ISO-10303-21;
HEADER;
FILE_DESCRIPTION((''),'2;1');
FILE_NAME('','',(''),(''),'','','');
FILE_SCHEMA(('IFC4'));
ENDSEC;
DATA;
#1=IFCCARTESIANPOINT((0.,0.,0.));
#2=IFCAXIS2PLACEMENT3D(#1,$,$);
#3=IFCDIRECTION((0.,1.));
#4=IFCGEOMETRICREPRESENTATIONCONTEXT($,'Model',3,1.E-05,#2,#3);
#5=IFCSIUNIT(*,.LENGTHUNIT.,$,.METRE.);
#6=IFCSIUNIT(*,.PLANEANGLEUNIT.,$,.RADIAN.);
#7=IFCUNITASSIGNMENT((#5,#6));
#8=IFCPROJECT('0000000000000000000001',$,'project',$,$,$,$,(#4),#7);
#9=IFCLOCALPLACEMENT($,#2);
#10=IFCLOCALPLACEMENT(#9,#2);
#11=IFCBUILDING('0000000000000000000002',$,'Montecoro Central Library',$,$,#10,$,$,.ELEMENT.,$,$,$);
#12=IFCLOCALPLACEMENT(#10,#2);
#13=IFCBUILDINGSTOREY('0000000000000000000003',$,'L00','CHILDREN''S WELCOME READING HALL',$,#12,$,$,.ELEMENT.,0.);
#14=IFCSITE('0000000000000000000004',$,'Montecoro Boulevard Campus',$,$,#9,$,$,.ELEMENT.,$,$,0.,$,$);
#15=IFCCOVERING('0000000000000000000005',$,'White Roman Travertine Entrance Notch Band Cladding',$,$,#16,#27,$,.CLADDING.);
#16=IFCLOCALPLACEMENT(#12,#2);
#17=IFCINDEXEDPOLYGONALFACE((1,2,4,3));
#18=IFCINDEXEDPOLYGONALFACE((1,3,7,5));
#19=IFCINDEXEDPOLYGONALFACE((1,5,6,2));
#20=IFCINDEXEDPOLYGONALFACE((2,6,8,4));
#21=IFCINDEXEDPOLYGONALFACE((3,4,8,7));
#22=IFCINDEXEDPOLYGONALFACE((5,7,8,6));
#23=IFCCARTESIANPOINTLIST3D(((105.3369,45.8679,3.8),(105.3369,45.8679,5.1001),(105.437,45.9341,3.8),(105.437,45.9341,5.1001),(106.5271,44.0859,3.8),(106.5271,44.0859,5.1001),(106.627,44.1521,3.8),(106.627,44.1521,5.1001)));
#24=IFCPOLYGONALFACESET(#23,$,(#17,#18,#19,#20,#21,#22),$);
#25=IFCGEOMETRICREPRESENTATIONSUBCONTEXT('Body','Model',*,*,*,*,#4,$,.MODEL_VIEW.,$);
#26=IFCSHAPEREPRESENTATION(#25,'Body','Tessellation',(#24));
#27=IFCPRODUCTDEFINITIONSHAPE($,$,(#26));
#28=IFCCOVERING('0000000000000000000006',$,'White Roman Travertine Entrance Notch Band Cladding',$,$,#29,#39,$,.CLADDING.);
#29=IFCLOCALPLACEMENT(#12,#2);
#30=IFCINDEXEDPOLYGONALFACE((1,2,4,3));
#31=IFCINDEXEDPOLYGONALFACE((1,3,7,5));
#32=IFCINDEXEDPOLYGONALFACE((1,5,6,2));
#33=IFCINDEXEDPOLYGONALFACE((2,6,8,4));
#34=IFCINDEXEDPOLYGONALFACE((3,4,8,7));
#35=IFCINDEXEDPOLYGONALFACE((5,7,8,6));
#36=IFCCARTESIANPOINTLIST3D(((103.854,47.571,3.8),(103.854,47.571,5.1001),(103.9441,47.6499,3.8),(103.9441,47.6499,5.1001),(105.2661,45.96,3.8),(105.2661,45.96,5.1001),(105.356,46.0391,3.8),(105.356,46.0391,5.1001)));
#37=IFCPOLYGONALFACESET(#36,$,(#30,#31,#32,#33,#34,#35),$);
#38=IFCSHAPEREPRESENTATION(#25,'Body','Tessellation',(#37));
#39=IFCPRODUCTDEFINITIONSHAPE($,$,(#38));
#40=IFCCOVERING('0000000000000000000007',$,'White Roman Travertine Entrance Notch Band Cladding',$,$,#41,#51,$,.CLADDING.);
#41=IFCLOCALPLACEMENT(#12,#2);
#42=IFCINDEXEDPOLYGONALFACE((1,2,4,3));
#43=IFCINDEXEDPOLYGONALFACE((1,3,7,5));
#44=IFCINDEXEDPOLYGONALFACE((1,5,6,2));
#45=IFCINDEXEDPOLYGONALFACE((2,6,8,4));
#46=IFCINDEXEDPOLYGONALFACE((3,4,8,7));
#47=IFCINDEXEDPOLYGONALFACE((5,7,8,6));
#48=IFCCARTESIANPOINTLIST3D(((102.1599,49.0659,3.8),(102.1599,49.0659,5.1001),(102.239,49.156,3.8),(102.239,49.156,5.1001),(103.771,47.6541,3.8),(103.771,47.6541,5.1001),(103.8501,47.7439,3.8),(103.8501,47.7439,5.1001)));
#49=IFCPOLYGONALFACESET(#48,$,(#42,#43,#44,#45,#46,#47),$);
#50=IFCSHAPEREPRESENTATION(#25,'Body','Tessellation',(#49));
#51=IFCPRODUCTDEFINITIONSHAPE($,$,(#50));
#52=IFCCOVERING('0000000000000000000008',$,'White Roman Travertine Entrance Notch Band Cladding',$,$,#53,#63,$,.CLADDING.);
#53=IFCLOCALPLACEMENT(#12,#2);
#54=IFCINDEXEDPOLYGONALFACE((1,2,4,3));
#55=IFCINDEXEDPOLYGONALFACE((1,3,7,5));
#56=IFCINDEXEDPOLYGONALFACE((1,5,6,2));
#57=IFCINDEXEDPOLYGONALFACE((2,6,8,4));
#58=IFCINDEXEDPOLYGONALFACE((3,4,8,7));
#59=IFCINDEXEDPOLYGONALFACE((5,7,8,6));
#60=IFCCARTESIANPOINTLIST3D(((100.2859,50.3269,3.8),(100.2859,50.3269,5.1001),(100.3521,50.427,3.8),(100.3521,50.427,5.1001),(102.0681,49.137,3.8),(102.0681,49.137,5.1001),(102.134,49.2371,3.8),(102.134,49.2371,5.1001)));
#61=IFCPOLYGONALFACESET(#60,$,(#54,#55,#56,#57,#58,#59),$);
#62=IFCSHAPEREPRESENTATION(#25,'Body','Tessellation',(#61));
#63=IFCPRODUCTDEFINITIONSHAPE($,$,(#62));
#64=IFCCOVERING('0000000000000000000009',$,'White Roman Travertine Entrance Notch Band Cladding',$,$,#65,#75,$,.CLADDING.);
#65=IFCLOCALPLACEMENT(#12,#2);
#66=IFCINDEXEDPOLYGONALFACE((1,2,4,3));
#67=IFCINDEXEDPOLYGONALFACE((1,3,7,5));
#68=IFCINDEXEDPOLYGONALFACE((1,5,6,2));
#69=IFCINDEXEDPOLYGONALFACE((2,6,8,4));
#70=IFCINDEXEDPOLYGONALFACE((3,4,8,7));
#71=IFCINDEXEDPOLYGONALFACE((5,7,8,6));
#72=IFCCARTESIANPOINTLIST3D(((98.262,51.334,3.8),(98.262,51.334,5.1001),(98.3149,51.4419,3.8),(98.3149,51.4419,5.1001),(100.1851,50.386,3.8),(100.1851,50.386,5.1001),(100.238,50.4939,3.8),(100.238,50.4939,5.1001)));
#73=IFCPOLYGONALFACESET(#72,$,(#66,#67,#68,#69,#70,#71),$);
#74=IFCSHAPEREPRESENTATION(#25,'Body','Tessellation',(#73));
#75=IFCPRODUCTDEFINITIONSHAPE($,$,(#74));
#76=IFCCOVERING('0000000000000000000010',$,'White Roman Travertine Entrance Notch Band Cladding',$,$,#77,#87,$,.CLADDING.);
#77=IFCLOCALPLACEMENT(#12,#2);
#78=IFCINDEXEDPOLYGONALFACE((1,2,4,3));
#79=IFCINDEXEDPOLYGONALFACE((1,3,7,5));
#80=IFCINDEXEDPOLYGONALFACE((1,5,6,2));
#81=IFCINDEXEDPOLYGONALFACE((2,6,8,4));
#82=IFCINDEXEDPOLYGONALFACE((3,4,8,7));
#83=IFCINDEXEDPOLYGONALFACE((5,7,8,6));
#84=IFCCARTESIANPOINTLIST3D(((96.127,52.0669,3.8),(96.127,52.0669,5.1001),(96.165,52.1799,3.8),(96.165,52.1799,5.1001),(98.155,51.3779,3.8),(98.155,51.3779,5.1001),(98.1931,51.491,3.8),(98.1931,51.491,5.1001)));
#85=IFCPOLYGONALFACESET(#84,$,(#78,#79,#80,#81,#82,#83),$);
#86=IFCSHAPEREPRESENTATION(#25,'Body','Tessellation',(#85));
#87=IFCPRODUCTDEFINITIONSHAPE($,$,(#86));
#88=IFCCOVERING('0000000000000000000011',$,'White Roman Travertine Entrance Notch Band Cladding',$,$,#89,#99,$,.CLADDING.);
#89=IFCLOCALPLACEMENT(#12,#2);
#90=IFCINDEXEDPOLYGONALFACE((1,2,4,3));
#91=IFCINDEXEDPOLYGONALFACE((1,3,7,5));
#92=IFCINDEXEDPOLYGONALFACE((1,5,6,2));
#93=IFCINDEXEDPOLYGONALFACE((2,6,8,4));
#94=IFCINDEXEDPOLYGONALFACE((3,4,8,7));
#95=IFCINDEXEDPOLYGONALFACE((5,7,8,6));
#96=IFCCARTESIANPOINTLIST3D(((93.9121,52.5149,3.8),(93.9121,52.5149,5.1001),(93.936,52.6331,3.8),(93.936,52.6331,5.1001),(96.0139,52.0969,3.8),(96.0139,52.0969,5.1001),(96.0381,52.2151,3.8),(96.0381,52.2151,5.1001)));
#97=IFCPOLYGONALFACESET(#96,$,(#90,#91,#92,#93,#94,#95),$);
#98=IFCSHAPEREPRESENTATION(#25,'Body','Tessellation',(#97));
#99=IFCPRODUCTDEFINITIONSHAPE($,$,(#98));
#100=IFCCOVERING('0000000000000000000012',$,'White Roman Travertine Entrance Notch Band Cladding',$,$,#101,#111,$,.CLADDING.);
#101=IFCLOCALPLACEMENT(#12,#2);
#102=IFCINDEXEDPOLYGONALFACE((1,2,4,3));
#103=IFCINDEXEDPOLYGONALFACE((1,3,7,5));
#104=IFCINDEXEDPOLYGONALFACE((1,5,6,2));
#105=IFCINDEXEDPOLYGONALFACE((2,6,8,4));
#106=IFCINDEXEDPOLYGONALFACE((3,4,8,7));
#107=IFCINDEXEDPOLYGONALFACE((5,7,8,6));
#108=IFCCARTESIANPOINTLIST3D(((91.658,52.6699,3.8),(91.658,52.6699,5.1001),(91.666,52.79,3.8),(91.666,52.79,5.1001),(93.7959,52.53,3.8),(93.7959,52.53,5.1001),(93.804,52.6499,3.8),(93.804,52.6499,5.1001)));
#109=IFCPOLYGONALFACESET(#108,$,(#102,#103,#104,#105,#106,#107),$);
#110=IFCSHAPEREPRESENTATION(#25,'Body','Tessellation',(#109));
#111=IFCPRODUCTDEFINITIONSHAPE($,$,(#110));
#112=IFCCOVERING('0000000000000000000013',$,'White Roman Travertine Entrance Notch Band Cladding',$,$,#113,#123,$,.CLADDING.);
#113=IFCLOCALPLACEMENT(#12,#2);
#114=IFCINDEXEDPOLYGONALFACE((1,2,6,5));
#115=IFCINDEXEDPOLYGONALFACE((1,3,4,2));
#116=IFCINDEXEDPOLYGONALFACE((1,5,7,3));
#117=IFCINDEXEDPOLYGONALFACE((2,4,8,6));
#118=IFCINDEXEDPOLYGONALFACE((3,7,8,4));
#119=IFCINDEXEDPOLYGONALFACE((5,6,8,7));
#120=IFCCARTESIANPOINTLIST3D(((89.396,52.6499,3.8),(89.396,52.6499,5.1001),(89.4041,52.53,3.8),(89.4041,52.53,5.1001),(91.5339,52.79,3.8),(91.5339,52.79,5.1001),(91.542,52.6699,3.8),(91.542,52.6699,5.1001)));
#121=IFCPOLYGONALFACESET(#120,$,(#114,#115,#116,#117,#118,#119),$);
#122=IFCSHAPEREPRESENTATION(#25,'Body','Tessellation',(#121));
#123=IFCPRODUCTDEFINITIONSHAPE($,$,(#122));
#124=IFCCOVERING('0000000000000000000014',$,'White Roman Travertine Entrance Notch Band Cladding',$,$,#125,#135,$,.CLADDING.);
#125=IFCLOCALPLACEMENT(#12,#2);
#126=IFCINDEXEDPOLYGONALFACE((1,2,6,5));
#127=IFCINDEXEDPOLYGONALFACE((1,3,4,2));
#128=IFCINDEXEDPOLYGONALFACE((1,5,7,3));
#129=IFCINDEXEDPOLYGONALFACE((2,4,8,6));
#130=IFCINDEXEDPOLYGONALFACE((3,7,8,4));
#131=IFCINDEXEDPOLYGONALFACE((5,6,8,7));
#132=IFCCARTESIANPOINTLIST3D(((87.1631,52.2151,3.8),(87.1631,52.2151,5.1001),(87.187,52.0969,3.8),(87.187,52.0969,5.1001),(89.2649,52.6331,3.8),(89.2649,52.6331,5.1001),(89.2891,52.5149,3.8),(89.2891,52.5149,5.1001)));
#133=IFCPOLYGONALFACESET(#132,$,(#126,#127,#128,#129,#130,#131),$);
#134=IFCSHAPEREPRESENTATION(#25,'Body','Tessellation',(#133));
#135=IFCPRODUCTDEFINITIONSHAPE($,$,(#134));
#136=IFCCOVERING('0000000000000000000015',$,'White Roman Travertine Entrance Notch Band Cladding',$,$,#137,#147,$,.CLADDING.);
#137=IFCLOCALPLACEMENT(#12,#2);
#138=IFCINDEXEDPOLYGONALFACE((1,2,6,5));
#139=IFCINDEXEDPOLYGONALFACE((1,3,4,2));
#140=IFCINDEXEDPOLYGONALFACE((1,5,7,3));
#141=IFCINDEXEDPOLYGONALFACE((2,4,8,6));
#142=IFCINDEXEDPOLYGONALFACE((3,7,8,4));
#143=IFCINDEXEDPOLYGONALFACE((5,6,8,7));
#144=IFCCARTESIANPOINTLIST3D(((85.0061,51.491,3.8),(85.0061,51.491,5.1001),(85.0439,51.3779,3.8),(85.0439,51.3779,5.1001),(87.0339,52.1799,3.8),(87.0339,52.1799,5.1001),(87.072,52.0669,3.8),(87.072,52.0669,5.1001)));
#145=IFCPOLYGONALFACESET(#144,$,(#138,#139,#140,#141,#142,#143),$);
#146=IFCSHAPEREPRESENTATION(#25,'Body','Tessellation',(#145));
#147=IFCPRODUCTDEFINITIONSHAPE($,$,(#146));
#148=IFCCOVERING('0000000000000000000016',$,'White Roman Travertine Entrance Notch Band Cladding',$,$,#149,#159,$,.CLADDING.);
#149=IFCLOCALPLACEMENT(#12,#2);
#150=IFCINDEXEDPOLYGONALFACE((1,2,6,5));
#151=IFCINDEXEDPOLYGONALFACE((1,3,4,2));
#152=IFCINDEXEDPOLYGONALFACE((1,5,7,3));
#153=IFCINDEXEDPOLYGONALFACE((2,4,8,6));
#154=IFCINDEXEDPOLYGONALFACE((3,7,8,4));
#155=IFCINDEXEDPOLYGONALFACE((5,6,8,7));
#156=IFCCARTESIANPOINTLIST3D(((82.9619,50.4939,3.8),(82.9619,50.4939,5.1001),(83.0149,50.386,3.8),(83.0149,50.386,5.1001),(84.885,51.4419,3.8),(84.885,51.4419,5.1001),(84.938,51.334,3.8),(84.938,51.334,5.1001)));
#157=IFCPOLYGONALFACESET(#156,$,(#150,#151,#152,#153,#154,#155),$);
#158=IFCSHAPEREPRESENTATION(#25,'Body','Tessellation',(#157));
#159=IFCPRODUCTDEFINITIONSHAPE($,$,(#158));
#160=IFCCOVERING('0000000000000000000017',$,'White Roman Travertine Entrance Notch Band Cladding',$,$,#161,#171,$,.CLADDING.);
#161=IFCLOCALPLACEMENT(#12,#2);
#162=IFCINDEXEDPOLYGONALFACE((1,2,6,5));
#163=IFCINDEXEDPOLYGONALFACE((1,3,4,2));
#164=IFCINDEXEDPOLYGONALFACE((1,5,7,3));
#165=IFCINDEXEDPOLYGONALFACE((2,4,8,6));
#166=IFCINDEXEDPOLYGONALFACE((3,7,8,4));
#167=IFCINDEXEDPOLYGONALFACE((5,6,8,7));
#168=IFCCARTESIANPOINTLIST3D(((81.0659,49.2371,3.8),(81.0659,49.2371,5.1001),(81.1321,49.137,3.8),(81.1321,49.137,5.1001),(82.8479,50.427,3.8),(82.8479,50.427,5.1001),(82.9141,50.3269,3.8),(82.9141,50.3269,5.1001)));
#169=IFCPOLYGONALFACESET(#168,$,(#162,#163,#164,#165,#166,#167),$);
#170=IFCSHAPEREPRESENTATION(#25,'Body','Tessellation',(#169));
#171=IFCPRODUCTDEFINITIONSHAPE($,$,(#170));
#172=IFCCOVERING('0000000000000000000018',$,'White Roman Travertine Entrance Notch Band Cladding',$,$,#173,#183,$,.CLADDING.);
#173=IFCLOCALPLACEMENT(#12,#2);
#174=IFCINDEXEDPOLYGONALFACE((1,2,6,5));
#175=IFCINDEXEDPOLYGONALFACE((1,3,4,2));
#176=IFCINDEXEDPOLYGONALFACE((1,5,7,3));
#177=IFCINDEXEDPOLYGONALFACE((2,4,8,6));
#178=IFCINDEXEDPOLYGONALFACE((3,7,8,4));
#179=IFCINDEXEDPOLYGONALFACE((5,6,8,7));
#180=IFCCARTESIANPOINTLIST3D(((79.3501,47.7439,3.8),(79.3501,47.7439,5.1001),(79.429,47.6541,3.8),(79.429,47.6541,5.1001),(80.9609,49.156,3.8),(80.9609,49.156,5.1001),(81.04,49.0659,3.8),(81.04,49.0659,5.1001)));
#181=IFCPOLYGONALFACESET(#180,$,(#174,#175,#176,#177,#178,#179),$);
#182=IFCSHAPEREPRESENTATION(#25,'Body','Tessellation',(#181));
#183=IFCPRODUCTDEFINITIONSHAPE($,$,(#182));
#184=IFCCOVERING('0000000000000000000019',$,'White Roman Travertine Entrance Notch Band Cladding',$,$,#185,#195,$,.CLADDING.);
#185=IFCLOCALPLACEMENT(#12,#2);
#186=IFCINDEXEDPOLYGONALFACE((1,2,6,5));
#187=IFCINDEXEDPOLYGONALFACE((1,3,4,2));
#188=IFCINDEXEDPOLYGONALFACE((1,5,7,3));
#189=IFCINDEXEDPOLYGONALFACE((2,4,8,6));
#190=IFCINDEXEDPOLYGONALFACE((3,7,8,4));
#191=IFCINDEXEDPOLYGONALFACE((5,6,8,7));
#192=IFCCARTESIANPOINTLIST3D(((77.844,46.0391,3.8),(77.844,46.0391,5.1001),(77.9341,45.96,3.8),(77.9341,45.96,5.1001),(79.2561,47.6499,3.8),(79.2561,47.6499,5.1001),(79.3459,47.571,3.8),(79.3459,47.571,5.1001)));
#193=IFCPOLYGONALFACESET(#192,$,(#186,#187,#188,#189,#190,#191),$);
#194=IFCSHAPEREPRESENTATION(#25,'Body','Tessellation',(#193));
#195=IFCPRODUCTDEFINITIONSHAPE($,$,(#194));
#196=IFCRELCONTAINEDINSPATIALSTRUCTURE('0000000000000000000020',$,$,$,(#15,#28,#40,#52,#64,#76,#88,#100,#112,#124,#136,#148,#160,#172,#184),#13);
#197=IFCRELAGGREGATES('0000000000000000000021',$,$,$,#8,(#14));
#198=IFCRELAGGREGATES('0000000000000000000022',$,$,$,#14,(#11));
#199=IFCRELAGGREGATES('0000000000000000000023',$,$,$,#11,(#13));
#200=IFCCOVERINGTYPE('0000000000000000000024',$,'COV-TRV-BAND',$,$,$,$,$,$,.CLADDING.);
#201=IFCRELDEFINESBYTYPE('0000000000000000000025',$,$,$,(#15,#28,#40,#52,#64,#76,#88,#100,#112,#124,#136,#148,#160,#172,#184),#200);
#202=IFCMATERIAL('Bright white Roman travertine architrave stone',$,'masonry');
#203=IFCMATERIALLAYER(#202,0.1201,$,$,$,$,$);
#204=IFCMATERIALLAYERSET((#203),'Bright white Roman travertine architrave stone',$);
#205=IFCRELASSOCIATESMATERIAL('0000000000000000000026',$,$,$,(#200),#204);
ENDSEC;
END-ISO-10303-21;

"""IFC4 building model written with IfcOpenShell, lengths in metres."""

from ifc_helpers import new_model, si_unit, direction, frame, origin, place, context, subcontext, project, spatial, polyline, outline, extrude, material, layer, layer_set, type_object, element, save


model = new_model("IFC4")

# Units and contexts
model_context = context("Model", 3, precision=1e-05, world=origin(), true_north=direction((0.0, 1.0)))
body_context = subcontext(model_context, "Body", "Model", "MODEL_VIEW")
ifc_project = project(units=[si_unit("LENGTHUNIT", "METRE"), si_unit("PLANEANGLEUNIT", "RADIAN")], contexts=[model_context])

# Site, building, storey
site_placement = place(None, origin())
site = spatial("IfcSite", under=ifc_project, at=site_placement, Name="Montecoro Boulevard Campus", CompositionType="ELEMENT", RefElevation=0.0)
building_placement = place(site_placement, origin())
building = spatial("IfcBuilding", under=site, at=building_placement, Name="Montecoro Central Library", CompositionType="ELEMENT")
storey_placement = place(building_placement, origin())
storey = spatial("IfcBuildingStorey", under=building, at=storey_placement, Name="L00", Description="CHILDREN'S WELCOME READING HALL", CompositionType="ELEMENT", Elevation=0.0)

# Coverings
ifc_material = material(Name="Bright white Roman travertine architrave stone", Category="masonry")
ifc_layer = layer(ifc_material, 0.1201)
ifc_layer_set = layer_set([ifc_layer], Name="Bright white Roman travertine architrave stone")
covering_type = type_object("IfcCoveringType", Name="COV-TRV-BAND", PredefinedType="CLADDING", material=ifc_layer_set)
covering_1_placement = place(storey_placement, frame((0.0, 0.0, 3.8)))
element("IfcCovering", 1, at=covering_1_placement, inside=storey, type_object=covering_type, Name="White Roman Travertine Entrance Notch Band Cladding", PredefinedType="CLADDING", context=body_context, shape_type="SweptSolid", body=[
    extrude(outline(polyline([(106.627, 44.1521), (105.437, 45.9341), (105.3369, 45.8679), (106.5271, 44.0859), (106.627, 44.1521)])), origin(), (0.0, 0.0, 1.0), 1.3),
])
covering_2_placement = place(storey_placement, frame((0.0, 0.0, 3.8)))
element("IfcCovering", 2, at=covering_2_placement, inside=storey, type_object=covering_type, Name="White Roman Travertine Entrance Notch Band Cladding", PredefinedType="CLADDING", context=body_context, shape_type="SweptSolid", body=[
    extrude(outline(polyline([(105.356, 46.0391), (103.9441, 47.6499), (103.854, 47.571), (105.2661, 45.96), (105.356, 46.0391)])), origin(), (0.0, 0.0, 1.0), 1.3),
])
covering_3_placement = place(storey_placement, frame((0.0, 0.0, 3.8)))
element("IfcCovering", 3, at=covering_3_placement, inside=storey, type_object=covering_type, Name="White Roman Travertine Entrance Notch Band Cladding", PredefinedType="CLADDING", context=body_context, shape_type="SweptSolid", body=[
    extrude(outline(polyline([(103.8501, 47.7439), (102.239, 49.156), (102.1599, 49.0659), (103.771, 47.6541), (103.8501, 47.7439)])), origin(), (0.0, 0.0, 1.0), 1.3),
])
covering_4_placement = place(storey_placement, frame((0.0, 0.0, 3.8)))
element("IfcCovering", 4, at=covering_4_placement, inside=storey, type_object=covering_type, Name="White Roman Travertine Entrance Notch Band Cladding", PredefinedType="CLADDING", context=body_context, shape_type="SweptSolid", body=[
    extrude(outline(polyline([(102.134, 49.2371), (100.3521, 50.427), (100.2859, 50.3269), (102.0681, 49.137), (102.134, 49.2371)])), origin(), (0.0, 0.0, 1.0), 1.3),
])
covering_5_placement = place(storey_placement, frame((0.0, 0.0, 3.8)))
element("IfcCovering", 5, at=covering_5_placement, inside=storey, type_object=covering_type, Name="White Roman Travertine Entrance Notch Band Cladding", PredefinedType="CLADDING", context=body_context, shape_type="SweptSolid", body=[
    extrude(outline(polyline([(100.238, 50.4939), (98.3149, 51.4419), (98.262, 51.334), (100.1851, 50.386), (100.238, 50.4939)])), origin(), (0.0, 0.0, 1.0), 1.3),
])
covering_6_placement = place(storey_placement, frame((0.0, 0.0, 3.8)))
element("IfcCovering", 6, at=covering_6_placement, inside=storey, type_object=covering_type, Name="White Roman Travertine Entrance Notch Band Cladding", PredefinedType="CLADDING", context=body_context, shape_type="SweptSolid", body=[
    extrude(outline(polyline([(98.1931, 51.491), (96.165, 52.1799), (96.127, 52.0669), (98.155, 51.3779), (98.1931, 51.491)])), origin(), (0.0, 0.0, 1.0), 1.3),
])
covering_7_placement = place(storey_placement, frame((0.0, 0.0, 3.8)))
element("IfcCovering", 7, at=covering_7_placement, inside=storey, type_object=covering_type, Name="White Roman Travertine Entrance Notch Band Cladding", PredefinedType="CLADDING", context=body_context, shape_type="SweptSolid", body=[
    extrude(outline(polyline([(96.0381, 52.2151), (93.936, 52.6331), (93.9121, 52.5149), (96.0139, 52.0969), (96.0381, 52.2151)])), origin(), (0.0, 0.0, 1.0), 1.3),
])
covering_8_placement = place(storey_placement, frame((0.0, 0.0, 3.8)))
element("IfcCovering", 8, at=covering_8_placement, inside=storey, type_object=covering_type, Name="White Roman Travertine Entrance Notch Band Cladding", PredefinedType="CLADDING", context=body_context, shape_type="SweptSolid", body=[
    extrude(outline(polyline([(93.804, 52.6499), (91.666, 52.79), (91.658, 52.6699), (93.7959, 52.53), (93.804, 52.6499)])), origin(), (0.0, 0.0, 1.0), 1.3),
])
covering_9_placement = place(storey_placement, frame((0.0, 0.0, 3.8)))
element("IfcCovering", 9, at=covering_9_placement, inside=storey, type_object=covering_type, Name="White Roman Travertine Entrance Notch Band Cladding", PredefinedType="CLADDING", context=body_context, shape_type="SweptSolid", body=[
    extrude(outline(polyline([(91.5339, 52.79), (89.396, 52.6499), (89.4041, 52.53), (91.542, 52.6699), (91.5339, 52.79)])), origin(), (0.0, 0.0, 1.0), 1.3),
])
covering_10_placement = place(storey_placement, frame((0.0, 0.0, 3.8)))
element("IfcCovering", 10, at=covering_10_placement, inside=storey, type_object=covering_type, Name="White Roman Travertine Entrance Notch Band Cladding", PredefinedType="CLADDING", context=body_context, shape_type="SweptSolid", body=[
    extrude(outline(polyline([(89.2649, 52.6331), (87.1631, 52.2151), (87.187, 52.0969), (89.2891, 52.5149), (89.2649, 52.6331)])), origin(), (0.0, 0.0, 1.0), 1.3),
])
covering_11_placement = place(storey_placement, frame((0.0, 0.0, 3.8)))
element("IfcCovering", 11, at=covering_11_placement, inside=storey, type_object=covering_type, Name="White Roman Travertine Entrance Notch Band Cladding", PredefinedType="CLADDING", context=body_context, shape_type="SweptSolid", body=[
    extrude(outline(polyline([(87.0339, 52.1799), (85.0061, 51.491), (85.0439, 51.3779), (87.072, 52.0669), (87.0339, 52.1799)])), origin(), (0.0, 0.0, 1.0), 1.3),
])
covering_12_placement = place(storey_placement, frame((0.0, 0.0, 3.8)))
element("IfcCovering", 12, at=covering_12_placement, inside=storey, type_object=covering_type, Name="White Roman Travertine Entrance Notch Band Cladding", PredefinedType="CLADDING", context=body_context, shape_type="SweptSolid", body=[
    extrude(outline(polyline([(84.885, 51.4419), (82.9619, 50.4939), (83.0149, 50.386), (84.938, 51.334), (84.885, 51.4419)])), origin(), (0.0, 0.0, 1.0), 1.3),
])
covering_13_placement = place(storey_placement, frame((0.0, 0.0, 3.8)))
element("IfcCovering", 13, at=covering_13_placement, inside=storey, type_object=covering_type, Name="White Roman Travertine Entrance Notch Band Cladding", PredefinedType="CLADDING", context=body_context, shape_type="SweptSolid", body=[
    extrude(outline(polyline([(82.8479, 50.427), (81.0659, 49.2371), (81.1321, 49.137), (82.9141, 50.3269), (82.8479, 50.427)])), origin(), (0.0, 0.0, 1.0), 1.3),
])
covering_14_placement = place(storey_placement, frame((0.0, 0.0, 3.8)))
element("IfcCovering", 14, at=covering_14_placement, inside=storey, type_object=covering_type, Name="White Roman Travertine Entrance Notch Band Cladding", PredefinedType="CLADDING", context=body_context, shape_type="SweptSolid", body=[
    extrude(outline(polyline([(80.9609, 49.156), (79.3501, 47.7439), (79.429, 47.6541), (81.04, 49.0659), (80.9609, 49.156)])), origin(), (0.0, 0.0, 1.0), 1.3),
])
covering_15_placement = place(storey_placement, frame((0.0, 0.0, 3.8)))
element("IfcCovering", 15, at=covering_15_placement, inside=storey, type_object=covering_type, Name="White Roman Travertine Entrance Notch Band Cladding", PredefinedType="CLADDING", context=body_context, shape_type="SweptSolid", body=[
    extrude(outline(polyline([(79.2561, 47.6499), (77.844, 46.0391), (77.9341, 45.96), (79.3459, 47.571), (79.2561, 47.6499)])), origin(), (0.0, 0.0, 1.0), 1.3),
])

save(model, "model.ifc")
